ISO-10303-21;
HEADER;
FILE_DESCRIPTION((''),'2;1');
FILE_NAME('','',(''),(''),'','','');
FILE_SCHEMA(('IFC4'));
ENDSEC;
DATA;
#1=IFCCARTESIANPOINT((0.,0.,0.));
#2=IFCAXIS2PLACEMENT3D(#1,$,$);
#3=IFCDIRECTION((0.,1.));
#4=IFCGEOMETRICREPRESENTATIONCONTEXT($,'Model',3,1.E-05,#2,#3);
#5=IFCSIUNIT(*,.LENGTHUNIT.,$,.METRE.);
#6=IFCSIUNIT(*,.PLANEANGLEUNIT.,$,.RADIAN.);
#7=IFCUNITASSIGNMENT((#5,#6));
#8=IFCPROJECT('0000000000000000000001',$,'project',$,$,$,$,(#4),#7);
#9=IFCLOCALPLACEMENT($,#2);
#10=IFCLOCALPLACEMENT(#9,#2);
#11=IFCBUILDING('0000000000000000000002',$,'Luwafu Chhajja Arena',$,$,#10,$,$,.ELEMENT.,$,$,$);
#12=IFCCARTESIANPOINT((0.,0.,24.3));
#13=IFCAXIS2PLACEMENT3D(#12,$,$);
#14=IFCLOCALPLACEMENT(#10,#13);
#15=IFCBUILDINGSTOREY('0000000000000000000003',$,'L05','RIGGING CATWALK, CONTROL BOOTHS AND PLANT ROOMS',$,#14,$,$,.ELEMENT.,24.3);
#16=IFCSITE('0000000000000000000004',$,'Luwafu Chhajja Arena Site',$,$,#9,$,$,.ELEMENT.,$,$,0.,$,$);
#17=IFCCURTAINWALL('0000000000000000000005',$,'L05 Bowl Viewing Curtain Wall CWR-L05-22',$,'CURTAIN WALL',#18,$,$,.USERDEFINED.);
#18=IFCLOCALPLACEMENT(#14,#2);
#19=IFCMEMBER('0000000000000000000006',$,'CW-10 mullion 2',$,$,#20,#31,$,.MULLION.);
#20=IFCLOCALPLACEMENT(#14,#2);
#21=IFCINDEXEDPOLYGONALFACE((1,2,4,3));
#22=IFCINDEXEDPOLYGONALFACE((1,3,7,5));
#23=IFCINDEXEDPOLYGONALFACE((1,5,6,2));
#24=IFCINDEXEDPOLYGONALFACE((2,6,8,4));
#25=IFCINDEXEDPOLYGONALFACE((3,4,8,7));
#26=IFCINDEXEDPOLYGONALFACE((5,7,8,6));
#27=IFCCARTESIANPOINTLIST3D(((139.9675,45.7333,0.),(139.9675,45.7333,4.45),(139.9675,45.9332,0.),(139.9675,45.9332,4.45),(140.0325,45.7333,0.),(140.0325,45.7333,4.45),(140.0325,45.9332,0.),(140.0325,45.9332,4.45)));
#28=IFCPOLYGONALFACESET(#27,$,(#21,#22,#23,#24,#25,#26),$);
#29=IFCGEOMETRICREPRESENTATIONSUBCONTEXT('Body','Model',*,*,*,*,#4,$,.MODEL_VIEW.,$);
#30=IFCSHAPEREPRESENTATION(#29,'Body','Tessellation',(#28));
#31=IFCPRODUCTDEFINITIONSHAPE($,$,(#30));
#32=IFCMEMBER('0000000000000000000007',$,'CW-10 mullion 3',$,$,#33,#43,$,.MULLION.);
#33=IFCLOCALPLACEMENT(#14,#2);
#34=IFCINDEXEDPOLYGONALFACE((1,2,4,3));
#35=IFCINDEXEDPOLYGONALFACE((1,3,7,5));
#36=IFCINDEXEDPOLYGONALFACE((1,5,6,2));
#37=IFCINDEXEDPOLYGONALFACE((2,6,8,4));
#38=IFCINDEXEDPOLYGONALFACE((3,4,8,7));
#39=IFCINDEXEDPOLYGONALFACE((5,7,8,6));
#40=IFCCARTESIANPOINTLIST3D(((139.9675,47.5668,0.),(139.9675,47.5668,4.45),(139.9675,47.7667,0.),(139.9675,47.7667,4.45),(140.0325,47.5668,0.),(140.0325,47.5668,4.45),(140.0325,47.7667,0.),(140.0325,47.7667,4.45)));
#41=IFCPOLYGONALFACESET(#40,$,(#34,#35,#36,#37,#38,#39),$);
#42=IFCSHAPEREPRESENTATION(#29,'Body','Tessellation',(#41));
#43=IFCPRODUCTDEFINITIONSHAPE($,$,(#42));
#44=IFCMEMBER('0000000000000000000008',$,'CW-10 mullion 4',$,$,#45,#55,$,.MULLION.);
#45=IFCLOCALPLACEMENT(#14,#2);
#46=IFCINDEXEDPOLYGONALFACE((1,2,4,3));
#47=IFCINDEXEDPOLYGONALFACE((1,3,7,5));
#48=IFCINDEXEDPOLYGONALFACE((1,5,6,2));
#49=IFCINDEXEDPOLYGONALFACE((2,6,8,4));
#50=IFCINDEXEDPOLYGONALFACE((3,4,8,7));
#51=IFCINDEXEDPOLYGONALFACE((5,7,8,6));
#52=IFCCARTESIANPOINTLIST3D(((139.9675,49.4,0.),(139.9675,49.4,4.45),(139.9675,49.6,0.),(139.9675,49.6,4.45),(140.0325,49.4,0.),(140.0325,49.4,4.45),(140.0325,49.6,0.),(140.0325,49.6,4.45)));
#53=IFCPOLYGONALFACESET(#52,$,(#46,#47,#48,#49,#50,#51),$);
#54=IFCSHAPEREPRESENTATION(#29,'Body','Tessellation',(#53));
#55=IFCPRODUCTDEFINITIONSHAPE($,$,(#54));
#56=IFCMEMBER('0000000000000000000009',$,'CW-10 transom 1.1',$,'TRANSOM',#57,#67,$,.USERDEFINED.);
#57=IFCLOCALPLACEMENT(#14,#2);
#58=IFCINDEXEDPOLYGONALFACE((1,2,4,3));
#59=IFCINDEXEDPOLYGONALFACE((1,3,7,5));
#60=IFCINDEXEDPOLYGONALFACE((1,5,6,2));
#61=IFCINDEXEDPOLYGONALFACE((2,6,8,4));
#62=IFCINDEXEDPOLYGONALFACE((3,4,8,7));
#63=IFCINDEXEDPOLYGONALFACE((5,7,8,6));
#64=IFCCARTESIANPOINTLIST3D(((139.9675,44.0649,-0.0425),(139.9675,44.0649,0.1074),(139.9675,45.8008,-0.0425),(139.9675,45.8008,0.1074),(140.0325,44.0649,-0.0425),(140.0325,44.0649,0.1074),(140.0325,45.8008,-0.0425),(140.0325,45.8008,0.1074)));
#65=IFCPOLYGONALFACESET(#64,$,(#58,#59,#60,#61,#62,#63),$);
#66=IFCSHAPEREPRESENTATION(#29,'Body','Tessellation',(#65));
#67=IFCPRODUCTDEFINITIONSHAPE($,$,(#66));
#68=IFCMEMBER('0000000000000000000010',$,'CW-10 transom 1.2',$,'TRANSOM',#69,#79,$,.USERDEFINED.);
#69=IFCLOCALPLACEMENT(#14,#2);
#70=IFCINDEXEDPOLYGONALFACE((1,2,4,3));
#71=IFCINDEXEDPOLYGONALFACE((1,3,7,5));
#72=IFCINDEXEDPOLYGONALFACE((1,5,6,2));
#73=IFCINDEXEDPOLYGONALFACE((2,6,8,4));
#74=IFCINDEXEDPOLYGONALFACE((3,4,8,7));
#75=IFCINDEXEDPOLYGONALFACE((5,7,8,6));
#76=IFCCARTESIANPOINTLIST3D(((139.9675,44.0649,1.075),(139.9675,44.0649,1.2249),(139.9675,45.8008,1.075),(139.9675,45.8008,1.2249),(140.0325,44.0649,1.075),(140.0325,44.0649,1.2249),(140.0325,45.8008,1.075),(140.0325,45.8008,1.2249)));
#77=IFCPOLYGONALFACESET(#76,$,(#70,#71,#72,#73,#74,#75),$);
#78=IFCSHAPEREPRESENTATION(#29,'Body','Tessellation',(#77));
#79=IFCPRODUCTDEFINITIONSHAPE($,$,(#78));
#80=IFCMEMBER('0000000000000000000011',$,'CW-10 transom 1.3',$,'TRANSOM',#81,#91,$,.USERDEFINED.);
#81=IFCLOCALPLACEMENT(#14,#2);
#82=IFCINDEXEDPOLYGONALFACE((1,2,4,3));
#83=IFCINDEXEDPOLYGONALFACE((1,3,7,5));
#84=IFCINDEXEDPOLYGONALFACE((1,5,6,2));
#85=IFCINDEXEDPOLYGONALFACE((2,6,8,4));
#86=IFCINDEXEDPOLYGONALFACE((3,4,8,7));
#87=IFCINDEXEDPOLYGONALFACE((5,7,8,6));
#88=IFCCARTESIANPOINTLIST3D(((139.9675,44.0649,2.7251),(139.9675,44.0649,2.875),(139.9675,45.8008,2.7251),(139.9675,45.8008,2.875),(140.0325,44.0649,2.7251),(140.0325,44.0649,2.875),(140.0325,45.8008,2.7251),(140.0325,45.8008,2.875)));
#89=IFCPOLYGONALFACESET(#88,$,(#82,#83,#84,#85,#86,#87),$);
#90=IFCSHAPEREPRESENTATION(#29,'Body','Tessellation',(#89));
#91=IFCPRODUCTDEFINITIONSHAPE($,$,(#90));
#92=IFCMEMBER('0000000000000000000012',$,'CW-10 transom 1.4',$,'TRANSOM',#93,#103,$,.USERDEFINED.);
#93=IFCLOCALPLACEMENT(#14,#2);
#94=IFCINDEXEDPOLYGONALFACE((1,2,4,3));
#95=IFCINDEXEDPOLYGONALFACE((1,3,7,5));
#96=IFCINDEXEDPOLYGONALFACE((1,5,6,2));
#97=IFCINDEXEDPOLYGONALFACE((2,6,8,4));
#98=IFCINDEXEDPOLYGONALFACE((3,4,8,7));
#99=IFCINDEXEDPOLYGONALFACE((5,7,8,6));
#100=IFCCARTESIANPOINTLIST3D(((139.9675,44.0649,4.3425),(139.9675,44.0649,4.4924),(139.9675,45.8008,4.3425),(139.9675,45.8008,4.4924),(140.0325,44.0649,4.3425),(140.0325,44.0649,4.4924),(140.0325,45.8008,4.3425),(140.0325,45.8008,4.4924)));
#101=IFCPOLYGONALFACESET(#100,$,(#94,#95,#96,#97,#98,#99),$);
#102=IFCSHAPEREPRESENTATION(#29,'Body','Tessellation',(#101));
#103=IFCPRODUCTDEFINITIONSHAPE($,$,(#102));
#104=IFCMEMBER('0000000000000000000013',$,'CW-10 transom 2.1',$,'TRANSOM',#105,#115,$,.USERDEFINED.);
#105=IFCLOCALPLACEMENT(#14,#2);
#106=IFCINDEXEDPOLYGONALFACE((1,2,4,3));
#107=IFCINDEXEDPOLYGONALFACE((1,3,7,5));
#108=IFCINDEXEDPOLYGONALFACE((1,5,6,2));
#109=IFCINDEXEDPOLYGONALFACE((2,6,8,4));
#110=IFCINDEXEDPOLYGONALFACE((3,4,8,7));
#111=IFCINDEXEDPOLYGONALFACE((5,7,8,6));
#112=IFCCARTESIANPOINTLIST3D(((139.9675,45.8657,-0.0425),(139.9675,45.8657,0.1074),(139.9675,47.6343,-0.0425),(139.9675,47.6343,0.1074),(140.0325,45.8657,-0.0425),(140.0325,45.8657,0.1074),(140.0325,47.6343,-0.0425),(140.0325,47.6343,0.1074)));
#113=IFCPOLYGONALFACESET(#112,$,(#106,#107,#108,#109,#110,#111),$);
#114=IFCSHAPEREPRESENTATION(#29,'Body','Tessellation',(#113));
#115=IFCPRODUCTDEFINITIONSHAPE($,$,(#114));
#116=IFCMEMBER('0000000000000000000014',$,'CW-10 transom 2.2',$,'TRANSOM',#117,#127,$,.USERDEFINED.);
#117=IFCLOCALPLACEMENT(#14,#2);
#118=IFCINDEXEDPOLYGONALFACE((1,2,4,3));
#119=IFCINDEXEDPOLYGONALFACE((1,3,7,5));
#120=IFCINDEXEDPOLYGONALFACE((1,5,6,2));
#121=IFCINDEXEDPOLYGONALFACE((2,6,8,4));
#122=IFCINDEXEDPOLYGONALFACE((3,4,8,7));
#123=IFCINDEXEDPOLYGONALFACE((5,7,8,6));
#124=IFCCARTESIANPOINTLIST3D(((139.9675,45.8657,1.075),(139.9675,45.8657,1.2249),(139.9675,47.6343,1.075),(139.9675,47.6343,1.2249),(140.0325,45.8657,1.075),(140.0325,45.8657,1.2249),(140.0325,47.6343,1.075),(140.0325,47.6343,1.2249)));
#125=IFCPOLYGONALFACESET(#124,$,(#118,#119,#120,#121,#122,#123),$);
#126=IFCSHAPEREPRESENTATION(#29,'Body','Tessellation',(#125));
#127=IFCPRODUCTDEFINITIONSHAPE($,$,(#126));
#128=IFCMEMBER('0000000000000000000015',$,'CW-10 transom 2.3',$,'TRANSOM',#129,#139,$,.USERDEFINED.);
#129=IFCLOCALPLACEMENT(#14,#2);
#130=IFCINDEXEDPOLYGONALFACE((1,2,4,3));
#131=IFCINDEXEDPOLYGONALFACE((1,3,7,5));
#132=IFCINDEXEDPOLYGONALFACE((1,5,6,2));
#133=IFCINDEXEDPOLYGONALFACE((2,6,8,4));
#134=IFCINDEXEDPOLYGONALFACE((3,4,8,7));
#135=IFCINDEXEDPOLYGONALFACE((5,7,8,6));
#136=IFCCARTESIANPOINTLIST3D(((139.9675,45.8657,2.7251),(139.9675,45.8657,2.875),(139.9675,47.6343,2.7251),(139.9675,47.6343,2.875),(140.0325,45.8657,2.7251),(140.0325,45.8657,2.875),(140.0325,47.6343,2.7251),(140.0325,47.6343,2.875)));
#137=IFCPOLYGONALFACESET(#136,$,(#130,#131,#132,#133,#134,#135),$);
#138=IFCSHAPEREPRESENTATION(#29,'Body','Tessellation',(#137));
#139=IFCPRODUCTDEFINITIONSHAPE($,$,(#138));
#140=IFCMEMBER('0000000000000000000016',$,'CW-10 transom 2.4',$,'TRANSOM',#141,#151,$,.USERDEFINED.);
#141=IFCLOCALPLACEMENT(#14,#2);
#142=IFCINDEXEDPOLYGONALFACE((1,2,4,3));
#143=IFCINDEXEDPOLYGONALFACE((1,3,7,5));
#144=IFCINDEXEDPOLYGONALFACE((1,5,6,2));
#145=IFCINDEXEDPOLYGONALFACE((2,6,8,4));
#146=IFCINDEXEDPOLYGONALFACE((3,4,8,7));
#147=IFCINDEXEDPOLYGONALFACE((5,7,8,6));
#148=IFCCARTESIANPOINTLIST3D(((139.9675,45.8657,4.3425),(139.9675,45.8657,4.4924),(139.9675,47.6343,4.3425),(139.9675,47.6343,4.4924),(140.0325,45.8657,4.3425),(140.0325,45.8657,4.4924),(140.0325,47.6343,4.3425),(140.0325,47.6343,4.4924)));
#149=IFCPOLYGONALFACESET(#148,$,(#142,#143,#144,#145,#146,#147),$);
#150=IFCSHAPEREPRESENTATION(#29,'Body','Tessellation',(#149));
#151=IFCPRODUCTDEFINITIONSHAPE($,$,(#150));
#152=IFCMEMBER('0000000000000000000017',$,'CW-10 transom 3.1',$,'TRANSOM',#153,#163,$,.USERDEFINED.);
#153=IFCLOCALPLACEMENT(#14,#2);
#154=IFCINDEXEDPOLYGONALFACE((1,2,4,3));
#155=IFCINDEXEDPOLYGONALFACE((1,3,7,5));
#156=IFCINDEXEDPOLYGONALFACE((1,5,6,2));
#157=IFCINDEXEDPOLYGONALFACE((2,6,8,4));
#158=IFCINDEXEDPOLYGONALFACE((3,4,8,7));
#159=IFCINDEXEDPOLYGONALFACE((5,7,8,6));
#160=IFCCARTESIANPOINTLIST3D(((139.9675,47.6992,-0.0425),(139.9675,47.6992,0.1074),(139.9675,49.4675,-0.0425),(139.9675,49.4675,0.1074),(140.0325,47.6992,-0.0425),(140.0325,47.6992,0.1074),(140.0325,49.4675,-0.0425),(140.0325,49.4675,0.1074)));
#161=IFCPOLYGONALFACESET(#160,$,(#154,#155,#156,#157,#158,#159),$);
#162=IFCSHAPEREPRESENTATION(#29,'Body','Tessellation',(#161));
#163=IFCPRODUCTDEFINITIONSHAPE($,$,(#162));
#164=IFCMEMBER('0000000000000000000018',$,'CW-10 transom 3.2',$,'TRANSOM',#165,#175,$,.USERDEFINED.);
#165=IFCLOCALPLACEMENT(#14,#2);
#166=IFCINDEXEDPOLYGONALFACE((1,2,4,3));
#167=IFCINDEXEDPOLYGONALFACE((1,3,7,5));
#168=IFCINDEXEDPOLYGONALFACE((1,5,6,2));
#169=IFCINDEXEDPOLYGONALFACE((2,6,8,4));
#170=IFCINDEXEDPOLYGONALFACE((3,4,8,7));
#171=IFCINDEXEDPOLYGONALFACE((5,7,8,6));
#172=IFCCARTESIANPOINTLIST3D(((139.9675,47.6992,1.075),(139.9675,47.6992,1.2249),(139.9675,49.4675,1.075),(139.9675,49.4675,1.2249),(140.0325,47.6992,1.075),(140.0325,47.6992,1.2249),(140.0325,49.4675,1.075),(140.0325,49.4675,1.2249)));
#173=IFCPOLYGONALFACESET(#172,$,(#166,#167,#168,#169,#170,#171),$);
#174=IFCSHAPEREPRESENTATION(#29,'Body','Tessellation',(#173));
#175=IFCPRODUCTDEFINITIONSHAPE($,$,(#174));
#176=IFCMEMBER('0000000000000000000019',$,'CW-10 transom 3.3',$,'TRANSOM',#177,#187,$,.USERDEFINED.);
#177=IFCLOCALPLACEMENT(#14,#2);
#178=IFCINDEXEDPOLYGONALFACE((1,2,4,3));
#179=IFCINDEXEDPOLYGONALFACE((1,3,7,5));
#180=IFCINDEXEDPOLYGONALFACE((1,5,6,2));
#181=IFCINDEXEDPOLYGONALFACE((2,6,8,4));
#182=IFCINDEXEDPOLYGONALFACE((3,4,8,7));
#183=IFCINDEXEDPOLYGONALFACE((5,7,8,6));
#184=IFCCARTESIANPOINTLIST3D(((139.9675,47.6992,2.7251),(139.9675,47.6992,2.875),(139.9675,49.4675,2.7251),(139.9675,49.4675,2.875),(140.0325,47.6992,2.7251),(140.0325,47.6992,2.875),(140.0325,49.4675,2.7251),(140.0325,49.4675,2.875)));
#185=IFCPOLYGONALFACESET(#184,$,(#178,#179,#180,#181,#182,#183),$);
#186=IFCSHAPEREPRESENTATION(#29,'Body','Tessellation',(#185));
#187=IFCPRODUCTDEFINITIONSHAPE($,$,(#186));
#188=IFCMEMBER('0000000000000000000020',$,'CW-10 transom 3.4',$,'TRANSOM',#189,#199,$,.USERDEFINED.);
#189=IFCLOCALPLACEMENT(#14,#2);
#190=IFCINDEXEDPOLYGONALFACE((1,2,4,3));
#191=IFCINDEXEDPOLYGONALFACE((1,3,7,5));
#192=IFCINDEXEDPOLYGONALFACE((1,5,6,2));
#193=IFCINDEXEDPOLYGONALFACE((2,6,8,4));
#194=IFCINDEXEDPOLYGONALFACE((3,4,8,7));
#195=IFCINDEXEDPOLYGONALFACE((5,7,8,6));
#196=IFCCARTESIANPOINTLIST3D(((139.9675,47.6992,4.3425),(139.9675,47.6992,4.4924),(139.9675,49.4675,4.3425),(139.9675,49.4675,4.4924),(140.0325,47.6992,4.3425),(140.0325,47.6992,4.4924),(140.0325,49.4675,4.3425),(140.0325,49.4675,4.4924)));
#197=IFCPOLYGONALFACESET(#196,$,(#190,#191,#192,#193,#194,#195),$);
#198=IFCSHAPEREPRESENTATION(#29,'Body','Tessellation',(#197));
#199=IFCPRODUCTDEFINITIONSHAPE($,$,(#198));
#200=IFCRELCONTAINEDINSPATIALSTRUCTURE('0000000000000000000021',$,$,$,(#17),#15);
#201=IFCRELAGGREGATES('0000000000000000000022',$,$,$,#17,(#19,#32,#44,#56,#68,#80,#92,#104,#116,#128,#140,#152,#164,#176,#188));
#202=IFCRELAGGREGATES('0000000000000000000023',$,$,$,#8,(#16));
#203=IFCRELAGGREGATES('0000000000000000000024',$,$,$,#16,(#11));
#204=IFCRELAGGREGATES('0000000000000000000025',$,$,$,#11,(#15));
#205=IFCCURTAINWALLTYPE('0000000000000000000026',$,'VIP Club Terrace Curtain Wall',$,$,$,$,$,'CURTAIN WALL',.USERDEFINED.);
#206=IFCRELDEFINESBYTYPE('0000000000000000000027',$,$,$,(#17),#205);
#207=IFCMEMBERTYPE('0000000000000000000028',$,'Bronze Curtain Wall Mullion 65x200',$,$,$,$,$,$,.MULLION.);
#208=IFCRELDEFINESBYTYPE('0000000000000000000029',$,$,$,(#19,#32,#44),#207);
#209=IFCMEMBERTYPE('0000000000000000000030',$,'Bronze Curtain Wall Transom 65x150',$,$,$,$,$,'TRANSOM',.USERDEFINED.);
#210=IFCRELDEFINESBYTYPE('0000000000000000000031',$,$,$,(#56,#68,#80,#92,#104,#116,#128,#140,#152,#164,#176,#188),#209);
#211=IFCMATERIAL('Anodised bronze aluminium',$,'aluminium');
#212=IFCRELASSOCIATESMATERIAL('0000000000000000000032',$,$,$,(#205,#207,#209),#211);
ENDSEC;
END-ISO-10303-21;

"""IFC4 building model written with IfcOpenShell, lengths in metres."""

from ifc_helpers import new_model, si_unit, direction, frame, origin, origin_2d, place, context, subcontext, project, spatial, rectangle, extrude, material, material_profile, profile_set, type_object, element, aggregate, save


model = new_model("IFC4")

# Units and contexts
model_context = context("Model", 3, precision=1e-05, world=origin(), true_north=direction((0.0, 1.0)))
body_context = subcontext(model_context, "Body", "Model", "MODEL_VIEW")
ifc_project = project(units=[si_unit("LENGTHUNIT", "METRE"), si_unit("PLANEANGLEUNIT", "RADIAN")], contexts=[model_context])

# Site, building, storey
site_placement = place(None, origin())
site = spatial("IfcSite", under=ifc_project, at=site_placement, Name="Luwafu Chhajja Arena Site", CompositionType="ELEMENT", RefElevation=0.0)
building_placement = place(site_placement, origin())
building = spatial("IfcBuilding", under=site, at=building_placement, Name="Luwafu Chhajja Arena", CompositionType="ELEMENT")
storey_placement = place(building_placement, frame((0.0, 0.0, 24.3)))
storey = spatial("IfcBuildingStorey", under=building, at=storey_placement, Name="L05", Description="RIGGING CATWALK, CONTROL BOOTHS AND PLANT ROOMS", CompositionType="ELEMENT", Elevation=24.3)

# Curtain wall, members
ifc_material_1 = material(Name="Anodised bronze aluminium", Category="aluminium")
curtain_wall_type = type_object("IfcCurtainWallType", Name="VIP Club Terrace Curtain Wall", ElementType="CURTAIN WALL", PredefinedType="USERDEFINED", material=ifc_material_1)
curtain_wall_placement = place(storey_placement, origin())
curtain_wall = element("IfcCurtainWall", 1, at=curtain_wall_placement, inside=storey, type_object=curtain_wall_type, Name="L05 Bowl Viewing Curtain Wall CWR-L05-22", ObjectType="CURTAIN WALL", PredefinedType="USERDEFINED")
ifc_material_profile_1 = material_profile(ifc_material_1, rectangle(XDim=0.0649, YDim=0.2, at=origin_2d()), Name="CWM 65x200")
ifc_profile_set_1 = profile_set([ifc_material_profile_1], Name="Anodised bronze aluminium")
member_type_1 = type_object("IfcMemberType", Name="Bronze Curtain Wall Mullion 65x200", PredefinedType="MULLION", material=ifc_profile_set_1)
member_1_placement = place(storey_placement, frame((140.0, 45.8333, 0.0), z_axis=(0.0, 0.0, 1.0), x_axis=(-1.0, 0.0, 0.0)))
member_1 = element("IfcMember", 2, at=member_1_placement, type_object=member_type_1, Name="CW-10 mullion 2", PredefinedType="MULLION", context=body_context, shape_type="SweptSolid", body=[
    extrude(rectangle(XDim=0.0649, YDim=0.2, at=origin_2d()), origin(), (0.0, 0.0, 1.0), 4.45),
])
member_2_placement = place(storey_placement, frame((140.0, 47.6667, 0.0), z_axis=(0.0, 0.0, 1.0), x_axis=(-1.0, 0.0, 0.0)))
member_2 = element("IfcMember", 3, at=member_2_placement, type_object=member_type_1, Name="CW-10 mullion 3", PredefinedType="MULLION", context=body_context, shape_type="SweptSolid", body=[
    extrude(rectangle(XDim=0.0649, YDim=0.2, at=origin_2d()), origin(), (0.0, 0.0, 1.0), 4.45),
])
member_3_placement = place(storey_placement, frame((140.0, 49.5, 0.0), z_axis=(0.0, 0.0, 1.0), x_axis=(-1.0, 0.0, 0.0)))
member_3 = element("IfcMember", 4, at=member_3_placement, type_object=member_type_1, Name="CW-10 mullion 4", PredefinedType="MULLION", context=body_context, shape_type="SweptSolid", body=[
    extrude(rectangle(XDim=0.0649, YDim=0.2, at=origin_2d()), origin(), (0.0, 0.0, 1.0), 4.45),
])
ifc_material_profile_2 = material_profile(ifc_material_1, rectangle(XDim=0.0649, YDim=0.1499, at=origin_2d()), Name="CWT 65x150")
ifc_profile_set_2 = profile_set([ifc_material_profile_2], Name="Anodised bronze aluminium")
member_type_2 = type_object("IfcMemberType", Name="Bronze Curtain Wall Transom 65x150", ElementType="TRANSOM", PredefinedType="USERDEFINED", material=ifc_profile_set_2)
member_4_placement = place(storey_placement, frame((140.0, 44.0649, 0.0325), z_axis=(0.0, 1.0, 0.0), x_axis=(-1.0, 0.0, 0.0)))
member_4 = element("IfcMember", 5, at=member_4_placement, type_object=member_type_2, Name="CW-10 transom 1.1", ObjectType="TRANSOM", PredefinedType="USERDEFINED", context=body_context, shape_type="SweptSolid", body=[
    extrude(rectangle(XDim=0.0649, YDim=0.1499, at=origin_2d()), origin(), (0.0, 0.0, 1.0), 1.7358),
])
member_5_placement = place(storey_placement, frame((140.0, 44.0649, 1.1499), z_axis=(0.0, 1.0, 0.0), x_axis=(-1.0, 0.0, 0.0)))
member_5 = element("IfcMember", 6, at=member_5_placement, type_object=member_type_2, Name="CW-10 transom 1.2", ObjectType="TRANSOM", PredefinedType="USERDEFINED", context=body_context, shape_type="SweptSolid", body=[
    extrude(rectangle(XDim=0.0649, YDim=0.1499, at=origin_2d()), origin(), (0.0, 0.0, 1.0), 1.7358),
])
member_6_placement = place(storey_placement, frame((140.0, 44.0649, 2.8), z_axis=(0.0, 1.0, 0.0), x_axis=(-1.0, 0.0, 0.0)))
member_6 = element("IfcMember", 7, at=member_6_placement, type_object=member_type_2, Name="CW-10 transom 1.3", ObjectType="TRANSOM", PredefinedType="USERDEFINED", context=body_context, shape_type="SweptSolid", body=[
    extrude(rectangle(XDim=0.0649, YDim=0.1499, at=origin_2d()), origin(), (0.0, 0.0, 1.0), 1.7358),
])
member_7_placement = place(storey_placement, frame((140.0, 44.0649, 4.4175), z_axis=(0.0, 1.0, 0.0), x_axis=(-1.0, 0.0, 0.0)))
member_7 = element("IfcMember", 8, at=member_7_placement, type_object=member_type_2, Name="CW-10 transom 1.4", ObjectType="TRANSOM", PredefinedType="USERDEFINED", context=body_context, shape_type="SweptSolid", body=[
    extrude(rectangle(XDim=0.0649, YDim=0.1499, at=origin_2d()), origin(), (0.0, 0.0, 1.0), 1.7358),
])
member_8_placement = place(storey_placement, frame((140.0, 45.8657, 0.0325), z_axis=(0.0, 1.0, 0.0), x_axis=(-1.0, 0.0, 0.0)))
member_8 = element("IfcMember", 9, at=member_8_placement, type_object=member_type_2, Name="CW-10 transom 2.1", ObjectType="TRANSOM", PredefinedType="USERDEFINED", context=body_context, shape_type="SweptSolid", body=[
    extrude(rectangle(XDim=0.0649, YDim=0.1499, at=origin_2d()), origin(), (0.0, 0.0, 1.0), 1.7686),
])
member_9_placement = place(storey_placement, frame((140.0, 45.8657, 1.1499), z_axis=(0.0, 1.0, 0.0), x_axis=(-1.0, 0.0, 0.0)))
member_9 = element("IfcMember", 10, at=member_9_placement, type_object=member_type_2, Name="CW-10 transom 2.2", ObjectType="TRANSOM", PredefinedType="USERDEFINED", context=body_context, shape_type="SweptSolid", body=[
    extrude(rectangle(XDim=0.0649, YDim=0.1499, at=origin_2d()), origin(), (0.0, 0.0, 1.0), 1.7686),
])
member_10_placement = place(storey_placement, frame((140.0, 45.8657, 2.8), z_axis=(0.0, 1.0, 0.0), x_axis=(-1.0, 0.0, 0.0)))
member_10 = element("IfcMember", 11, at=member_10_placement, type_object=member_type_2, Name="CW-10 transom 2.3", ObjectType="TRANSOM", PredefinedType="USERDEFINED", context=body_context, shape_type="SweptSolid", body=[
    extrude(rectangle(XDim=0.0649, YDim=0.1499, at=origin_2d()), origin(), (0.0, 0.0, 1.0), 1.7686),
])
member_11_placement = place(storey_placement, frame((140.0, 45.8657, 4.4175), z_axis=(0.0, 1.0, 0.0), x_axis=(-1.0, 0.0, 0.0)))
member_11 = element("IfcMember", 12, at=member_11_placement, type_object=member_type_2, Name="CW-10 transom 2.4", ObjectType="TRANSOM", PredefinedType="USERDEFINED", context=body_context, shape_type="SweptSolid", body=[
    extrude(rectangle(XDim=0.0649, YDim=0.1499, at=origin_2d()), origin(), (0.0, 0.0, 1.0), 1.7686),
])
member_12_placement = place(storey_placement, frame((140.0, 47.6992, 0.0325), z_axis=(0.0, 1.0, 0.0), x_axis=(-1.0, 0.0, 0.0)))
member_12 = element("IfcMember", 13, at=member_12_placement, type_object=member_type_2, Name="CW-10 transom 3.1", ObjectType="TRANSOM", PredefinedType="USERDEFINED", context=body_context, shape_type="SweptSolid", body=[
    extrude(rectangle(XDim=0.0649, YDim=0.1499, at=origin_2d()), origin(), (0.0, 0.0, 1.0), 1.7683),
])
member_13_placement = place(storey_placement, frame((140.0, 47.6992, 1.1499), z_axis=(0.0, 1.0, 0.0), x_axis=(-1.0, 0.0, 0.0)))
member_13 = element("IfcMember", 14, at=member_13_placement, type_object=member_type_2, Name="CW-10 transom 3.2", ObjectType="TRANSOM", PredefinedType="USERDEFINED", context=body_context, shape_type="SweptSolid", body=[
    extrude(rectangle(XDim=0.0649, YDim=0.1499, at=origin_2d()), origin(), (0.0, 0.0, 1.0), 1.7683),
])
member_14_placement = place(storey_placement, frame((140.0, 47.6992, 2.8), z_axis=(0.0, 1.0, 0.0), x_axis=(-1.0, 0.0, 0.0)))
member_14 = element("IfcMember", 15, at=member_14_placement, type_object=member_type_2, Name="CW-10 transom 3.3", ObjectType="TRANSOM", PredefinedType="USERDEFINED", context=body_context, shape_type="SweptSolid", body=[
    extrude(rectangle(XDim=0.0649, YDim=0.1499, at=origin_2d()), origin(), (0.0, 0.0, 1.0), 1.7683),
])
member_15_placement = place(storey_placement, frame((140.0, 47.6992, 4.4175), z_axis=(0.0, 1.0, 0.0), x_axis=(-1.0, 0.0, 0.0)))
member_15 = element("IfcMember", 16, at=member_15_placement, type_object=member_type_2, Name="CW-10 transom 3.4", ObjectType="TRANSOM", PredefinedType="USERDEFINED", context=body_context, shape_type="SweptSolid", body=[
    extrude(rectangle(XDim=0.0649, YDim=0.1499, at=origin_2d()), origin(), (0.0, 0.0, 1.0), 1.7683),
])
aggregate(curtain_wall, [member_1, member_2, member_3, member_4, member_5, member_6, member_7, member_8, member_9, member_10, member_11, member_12, member_13, member_14, member_15])

save(model, "model.ifc")
